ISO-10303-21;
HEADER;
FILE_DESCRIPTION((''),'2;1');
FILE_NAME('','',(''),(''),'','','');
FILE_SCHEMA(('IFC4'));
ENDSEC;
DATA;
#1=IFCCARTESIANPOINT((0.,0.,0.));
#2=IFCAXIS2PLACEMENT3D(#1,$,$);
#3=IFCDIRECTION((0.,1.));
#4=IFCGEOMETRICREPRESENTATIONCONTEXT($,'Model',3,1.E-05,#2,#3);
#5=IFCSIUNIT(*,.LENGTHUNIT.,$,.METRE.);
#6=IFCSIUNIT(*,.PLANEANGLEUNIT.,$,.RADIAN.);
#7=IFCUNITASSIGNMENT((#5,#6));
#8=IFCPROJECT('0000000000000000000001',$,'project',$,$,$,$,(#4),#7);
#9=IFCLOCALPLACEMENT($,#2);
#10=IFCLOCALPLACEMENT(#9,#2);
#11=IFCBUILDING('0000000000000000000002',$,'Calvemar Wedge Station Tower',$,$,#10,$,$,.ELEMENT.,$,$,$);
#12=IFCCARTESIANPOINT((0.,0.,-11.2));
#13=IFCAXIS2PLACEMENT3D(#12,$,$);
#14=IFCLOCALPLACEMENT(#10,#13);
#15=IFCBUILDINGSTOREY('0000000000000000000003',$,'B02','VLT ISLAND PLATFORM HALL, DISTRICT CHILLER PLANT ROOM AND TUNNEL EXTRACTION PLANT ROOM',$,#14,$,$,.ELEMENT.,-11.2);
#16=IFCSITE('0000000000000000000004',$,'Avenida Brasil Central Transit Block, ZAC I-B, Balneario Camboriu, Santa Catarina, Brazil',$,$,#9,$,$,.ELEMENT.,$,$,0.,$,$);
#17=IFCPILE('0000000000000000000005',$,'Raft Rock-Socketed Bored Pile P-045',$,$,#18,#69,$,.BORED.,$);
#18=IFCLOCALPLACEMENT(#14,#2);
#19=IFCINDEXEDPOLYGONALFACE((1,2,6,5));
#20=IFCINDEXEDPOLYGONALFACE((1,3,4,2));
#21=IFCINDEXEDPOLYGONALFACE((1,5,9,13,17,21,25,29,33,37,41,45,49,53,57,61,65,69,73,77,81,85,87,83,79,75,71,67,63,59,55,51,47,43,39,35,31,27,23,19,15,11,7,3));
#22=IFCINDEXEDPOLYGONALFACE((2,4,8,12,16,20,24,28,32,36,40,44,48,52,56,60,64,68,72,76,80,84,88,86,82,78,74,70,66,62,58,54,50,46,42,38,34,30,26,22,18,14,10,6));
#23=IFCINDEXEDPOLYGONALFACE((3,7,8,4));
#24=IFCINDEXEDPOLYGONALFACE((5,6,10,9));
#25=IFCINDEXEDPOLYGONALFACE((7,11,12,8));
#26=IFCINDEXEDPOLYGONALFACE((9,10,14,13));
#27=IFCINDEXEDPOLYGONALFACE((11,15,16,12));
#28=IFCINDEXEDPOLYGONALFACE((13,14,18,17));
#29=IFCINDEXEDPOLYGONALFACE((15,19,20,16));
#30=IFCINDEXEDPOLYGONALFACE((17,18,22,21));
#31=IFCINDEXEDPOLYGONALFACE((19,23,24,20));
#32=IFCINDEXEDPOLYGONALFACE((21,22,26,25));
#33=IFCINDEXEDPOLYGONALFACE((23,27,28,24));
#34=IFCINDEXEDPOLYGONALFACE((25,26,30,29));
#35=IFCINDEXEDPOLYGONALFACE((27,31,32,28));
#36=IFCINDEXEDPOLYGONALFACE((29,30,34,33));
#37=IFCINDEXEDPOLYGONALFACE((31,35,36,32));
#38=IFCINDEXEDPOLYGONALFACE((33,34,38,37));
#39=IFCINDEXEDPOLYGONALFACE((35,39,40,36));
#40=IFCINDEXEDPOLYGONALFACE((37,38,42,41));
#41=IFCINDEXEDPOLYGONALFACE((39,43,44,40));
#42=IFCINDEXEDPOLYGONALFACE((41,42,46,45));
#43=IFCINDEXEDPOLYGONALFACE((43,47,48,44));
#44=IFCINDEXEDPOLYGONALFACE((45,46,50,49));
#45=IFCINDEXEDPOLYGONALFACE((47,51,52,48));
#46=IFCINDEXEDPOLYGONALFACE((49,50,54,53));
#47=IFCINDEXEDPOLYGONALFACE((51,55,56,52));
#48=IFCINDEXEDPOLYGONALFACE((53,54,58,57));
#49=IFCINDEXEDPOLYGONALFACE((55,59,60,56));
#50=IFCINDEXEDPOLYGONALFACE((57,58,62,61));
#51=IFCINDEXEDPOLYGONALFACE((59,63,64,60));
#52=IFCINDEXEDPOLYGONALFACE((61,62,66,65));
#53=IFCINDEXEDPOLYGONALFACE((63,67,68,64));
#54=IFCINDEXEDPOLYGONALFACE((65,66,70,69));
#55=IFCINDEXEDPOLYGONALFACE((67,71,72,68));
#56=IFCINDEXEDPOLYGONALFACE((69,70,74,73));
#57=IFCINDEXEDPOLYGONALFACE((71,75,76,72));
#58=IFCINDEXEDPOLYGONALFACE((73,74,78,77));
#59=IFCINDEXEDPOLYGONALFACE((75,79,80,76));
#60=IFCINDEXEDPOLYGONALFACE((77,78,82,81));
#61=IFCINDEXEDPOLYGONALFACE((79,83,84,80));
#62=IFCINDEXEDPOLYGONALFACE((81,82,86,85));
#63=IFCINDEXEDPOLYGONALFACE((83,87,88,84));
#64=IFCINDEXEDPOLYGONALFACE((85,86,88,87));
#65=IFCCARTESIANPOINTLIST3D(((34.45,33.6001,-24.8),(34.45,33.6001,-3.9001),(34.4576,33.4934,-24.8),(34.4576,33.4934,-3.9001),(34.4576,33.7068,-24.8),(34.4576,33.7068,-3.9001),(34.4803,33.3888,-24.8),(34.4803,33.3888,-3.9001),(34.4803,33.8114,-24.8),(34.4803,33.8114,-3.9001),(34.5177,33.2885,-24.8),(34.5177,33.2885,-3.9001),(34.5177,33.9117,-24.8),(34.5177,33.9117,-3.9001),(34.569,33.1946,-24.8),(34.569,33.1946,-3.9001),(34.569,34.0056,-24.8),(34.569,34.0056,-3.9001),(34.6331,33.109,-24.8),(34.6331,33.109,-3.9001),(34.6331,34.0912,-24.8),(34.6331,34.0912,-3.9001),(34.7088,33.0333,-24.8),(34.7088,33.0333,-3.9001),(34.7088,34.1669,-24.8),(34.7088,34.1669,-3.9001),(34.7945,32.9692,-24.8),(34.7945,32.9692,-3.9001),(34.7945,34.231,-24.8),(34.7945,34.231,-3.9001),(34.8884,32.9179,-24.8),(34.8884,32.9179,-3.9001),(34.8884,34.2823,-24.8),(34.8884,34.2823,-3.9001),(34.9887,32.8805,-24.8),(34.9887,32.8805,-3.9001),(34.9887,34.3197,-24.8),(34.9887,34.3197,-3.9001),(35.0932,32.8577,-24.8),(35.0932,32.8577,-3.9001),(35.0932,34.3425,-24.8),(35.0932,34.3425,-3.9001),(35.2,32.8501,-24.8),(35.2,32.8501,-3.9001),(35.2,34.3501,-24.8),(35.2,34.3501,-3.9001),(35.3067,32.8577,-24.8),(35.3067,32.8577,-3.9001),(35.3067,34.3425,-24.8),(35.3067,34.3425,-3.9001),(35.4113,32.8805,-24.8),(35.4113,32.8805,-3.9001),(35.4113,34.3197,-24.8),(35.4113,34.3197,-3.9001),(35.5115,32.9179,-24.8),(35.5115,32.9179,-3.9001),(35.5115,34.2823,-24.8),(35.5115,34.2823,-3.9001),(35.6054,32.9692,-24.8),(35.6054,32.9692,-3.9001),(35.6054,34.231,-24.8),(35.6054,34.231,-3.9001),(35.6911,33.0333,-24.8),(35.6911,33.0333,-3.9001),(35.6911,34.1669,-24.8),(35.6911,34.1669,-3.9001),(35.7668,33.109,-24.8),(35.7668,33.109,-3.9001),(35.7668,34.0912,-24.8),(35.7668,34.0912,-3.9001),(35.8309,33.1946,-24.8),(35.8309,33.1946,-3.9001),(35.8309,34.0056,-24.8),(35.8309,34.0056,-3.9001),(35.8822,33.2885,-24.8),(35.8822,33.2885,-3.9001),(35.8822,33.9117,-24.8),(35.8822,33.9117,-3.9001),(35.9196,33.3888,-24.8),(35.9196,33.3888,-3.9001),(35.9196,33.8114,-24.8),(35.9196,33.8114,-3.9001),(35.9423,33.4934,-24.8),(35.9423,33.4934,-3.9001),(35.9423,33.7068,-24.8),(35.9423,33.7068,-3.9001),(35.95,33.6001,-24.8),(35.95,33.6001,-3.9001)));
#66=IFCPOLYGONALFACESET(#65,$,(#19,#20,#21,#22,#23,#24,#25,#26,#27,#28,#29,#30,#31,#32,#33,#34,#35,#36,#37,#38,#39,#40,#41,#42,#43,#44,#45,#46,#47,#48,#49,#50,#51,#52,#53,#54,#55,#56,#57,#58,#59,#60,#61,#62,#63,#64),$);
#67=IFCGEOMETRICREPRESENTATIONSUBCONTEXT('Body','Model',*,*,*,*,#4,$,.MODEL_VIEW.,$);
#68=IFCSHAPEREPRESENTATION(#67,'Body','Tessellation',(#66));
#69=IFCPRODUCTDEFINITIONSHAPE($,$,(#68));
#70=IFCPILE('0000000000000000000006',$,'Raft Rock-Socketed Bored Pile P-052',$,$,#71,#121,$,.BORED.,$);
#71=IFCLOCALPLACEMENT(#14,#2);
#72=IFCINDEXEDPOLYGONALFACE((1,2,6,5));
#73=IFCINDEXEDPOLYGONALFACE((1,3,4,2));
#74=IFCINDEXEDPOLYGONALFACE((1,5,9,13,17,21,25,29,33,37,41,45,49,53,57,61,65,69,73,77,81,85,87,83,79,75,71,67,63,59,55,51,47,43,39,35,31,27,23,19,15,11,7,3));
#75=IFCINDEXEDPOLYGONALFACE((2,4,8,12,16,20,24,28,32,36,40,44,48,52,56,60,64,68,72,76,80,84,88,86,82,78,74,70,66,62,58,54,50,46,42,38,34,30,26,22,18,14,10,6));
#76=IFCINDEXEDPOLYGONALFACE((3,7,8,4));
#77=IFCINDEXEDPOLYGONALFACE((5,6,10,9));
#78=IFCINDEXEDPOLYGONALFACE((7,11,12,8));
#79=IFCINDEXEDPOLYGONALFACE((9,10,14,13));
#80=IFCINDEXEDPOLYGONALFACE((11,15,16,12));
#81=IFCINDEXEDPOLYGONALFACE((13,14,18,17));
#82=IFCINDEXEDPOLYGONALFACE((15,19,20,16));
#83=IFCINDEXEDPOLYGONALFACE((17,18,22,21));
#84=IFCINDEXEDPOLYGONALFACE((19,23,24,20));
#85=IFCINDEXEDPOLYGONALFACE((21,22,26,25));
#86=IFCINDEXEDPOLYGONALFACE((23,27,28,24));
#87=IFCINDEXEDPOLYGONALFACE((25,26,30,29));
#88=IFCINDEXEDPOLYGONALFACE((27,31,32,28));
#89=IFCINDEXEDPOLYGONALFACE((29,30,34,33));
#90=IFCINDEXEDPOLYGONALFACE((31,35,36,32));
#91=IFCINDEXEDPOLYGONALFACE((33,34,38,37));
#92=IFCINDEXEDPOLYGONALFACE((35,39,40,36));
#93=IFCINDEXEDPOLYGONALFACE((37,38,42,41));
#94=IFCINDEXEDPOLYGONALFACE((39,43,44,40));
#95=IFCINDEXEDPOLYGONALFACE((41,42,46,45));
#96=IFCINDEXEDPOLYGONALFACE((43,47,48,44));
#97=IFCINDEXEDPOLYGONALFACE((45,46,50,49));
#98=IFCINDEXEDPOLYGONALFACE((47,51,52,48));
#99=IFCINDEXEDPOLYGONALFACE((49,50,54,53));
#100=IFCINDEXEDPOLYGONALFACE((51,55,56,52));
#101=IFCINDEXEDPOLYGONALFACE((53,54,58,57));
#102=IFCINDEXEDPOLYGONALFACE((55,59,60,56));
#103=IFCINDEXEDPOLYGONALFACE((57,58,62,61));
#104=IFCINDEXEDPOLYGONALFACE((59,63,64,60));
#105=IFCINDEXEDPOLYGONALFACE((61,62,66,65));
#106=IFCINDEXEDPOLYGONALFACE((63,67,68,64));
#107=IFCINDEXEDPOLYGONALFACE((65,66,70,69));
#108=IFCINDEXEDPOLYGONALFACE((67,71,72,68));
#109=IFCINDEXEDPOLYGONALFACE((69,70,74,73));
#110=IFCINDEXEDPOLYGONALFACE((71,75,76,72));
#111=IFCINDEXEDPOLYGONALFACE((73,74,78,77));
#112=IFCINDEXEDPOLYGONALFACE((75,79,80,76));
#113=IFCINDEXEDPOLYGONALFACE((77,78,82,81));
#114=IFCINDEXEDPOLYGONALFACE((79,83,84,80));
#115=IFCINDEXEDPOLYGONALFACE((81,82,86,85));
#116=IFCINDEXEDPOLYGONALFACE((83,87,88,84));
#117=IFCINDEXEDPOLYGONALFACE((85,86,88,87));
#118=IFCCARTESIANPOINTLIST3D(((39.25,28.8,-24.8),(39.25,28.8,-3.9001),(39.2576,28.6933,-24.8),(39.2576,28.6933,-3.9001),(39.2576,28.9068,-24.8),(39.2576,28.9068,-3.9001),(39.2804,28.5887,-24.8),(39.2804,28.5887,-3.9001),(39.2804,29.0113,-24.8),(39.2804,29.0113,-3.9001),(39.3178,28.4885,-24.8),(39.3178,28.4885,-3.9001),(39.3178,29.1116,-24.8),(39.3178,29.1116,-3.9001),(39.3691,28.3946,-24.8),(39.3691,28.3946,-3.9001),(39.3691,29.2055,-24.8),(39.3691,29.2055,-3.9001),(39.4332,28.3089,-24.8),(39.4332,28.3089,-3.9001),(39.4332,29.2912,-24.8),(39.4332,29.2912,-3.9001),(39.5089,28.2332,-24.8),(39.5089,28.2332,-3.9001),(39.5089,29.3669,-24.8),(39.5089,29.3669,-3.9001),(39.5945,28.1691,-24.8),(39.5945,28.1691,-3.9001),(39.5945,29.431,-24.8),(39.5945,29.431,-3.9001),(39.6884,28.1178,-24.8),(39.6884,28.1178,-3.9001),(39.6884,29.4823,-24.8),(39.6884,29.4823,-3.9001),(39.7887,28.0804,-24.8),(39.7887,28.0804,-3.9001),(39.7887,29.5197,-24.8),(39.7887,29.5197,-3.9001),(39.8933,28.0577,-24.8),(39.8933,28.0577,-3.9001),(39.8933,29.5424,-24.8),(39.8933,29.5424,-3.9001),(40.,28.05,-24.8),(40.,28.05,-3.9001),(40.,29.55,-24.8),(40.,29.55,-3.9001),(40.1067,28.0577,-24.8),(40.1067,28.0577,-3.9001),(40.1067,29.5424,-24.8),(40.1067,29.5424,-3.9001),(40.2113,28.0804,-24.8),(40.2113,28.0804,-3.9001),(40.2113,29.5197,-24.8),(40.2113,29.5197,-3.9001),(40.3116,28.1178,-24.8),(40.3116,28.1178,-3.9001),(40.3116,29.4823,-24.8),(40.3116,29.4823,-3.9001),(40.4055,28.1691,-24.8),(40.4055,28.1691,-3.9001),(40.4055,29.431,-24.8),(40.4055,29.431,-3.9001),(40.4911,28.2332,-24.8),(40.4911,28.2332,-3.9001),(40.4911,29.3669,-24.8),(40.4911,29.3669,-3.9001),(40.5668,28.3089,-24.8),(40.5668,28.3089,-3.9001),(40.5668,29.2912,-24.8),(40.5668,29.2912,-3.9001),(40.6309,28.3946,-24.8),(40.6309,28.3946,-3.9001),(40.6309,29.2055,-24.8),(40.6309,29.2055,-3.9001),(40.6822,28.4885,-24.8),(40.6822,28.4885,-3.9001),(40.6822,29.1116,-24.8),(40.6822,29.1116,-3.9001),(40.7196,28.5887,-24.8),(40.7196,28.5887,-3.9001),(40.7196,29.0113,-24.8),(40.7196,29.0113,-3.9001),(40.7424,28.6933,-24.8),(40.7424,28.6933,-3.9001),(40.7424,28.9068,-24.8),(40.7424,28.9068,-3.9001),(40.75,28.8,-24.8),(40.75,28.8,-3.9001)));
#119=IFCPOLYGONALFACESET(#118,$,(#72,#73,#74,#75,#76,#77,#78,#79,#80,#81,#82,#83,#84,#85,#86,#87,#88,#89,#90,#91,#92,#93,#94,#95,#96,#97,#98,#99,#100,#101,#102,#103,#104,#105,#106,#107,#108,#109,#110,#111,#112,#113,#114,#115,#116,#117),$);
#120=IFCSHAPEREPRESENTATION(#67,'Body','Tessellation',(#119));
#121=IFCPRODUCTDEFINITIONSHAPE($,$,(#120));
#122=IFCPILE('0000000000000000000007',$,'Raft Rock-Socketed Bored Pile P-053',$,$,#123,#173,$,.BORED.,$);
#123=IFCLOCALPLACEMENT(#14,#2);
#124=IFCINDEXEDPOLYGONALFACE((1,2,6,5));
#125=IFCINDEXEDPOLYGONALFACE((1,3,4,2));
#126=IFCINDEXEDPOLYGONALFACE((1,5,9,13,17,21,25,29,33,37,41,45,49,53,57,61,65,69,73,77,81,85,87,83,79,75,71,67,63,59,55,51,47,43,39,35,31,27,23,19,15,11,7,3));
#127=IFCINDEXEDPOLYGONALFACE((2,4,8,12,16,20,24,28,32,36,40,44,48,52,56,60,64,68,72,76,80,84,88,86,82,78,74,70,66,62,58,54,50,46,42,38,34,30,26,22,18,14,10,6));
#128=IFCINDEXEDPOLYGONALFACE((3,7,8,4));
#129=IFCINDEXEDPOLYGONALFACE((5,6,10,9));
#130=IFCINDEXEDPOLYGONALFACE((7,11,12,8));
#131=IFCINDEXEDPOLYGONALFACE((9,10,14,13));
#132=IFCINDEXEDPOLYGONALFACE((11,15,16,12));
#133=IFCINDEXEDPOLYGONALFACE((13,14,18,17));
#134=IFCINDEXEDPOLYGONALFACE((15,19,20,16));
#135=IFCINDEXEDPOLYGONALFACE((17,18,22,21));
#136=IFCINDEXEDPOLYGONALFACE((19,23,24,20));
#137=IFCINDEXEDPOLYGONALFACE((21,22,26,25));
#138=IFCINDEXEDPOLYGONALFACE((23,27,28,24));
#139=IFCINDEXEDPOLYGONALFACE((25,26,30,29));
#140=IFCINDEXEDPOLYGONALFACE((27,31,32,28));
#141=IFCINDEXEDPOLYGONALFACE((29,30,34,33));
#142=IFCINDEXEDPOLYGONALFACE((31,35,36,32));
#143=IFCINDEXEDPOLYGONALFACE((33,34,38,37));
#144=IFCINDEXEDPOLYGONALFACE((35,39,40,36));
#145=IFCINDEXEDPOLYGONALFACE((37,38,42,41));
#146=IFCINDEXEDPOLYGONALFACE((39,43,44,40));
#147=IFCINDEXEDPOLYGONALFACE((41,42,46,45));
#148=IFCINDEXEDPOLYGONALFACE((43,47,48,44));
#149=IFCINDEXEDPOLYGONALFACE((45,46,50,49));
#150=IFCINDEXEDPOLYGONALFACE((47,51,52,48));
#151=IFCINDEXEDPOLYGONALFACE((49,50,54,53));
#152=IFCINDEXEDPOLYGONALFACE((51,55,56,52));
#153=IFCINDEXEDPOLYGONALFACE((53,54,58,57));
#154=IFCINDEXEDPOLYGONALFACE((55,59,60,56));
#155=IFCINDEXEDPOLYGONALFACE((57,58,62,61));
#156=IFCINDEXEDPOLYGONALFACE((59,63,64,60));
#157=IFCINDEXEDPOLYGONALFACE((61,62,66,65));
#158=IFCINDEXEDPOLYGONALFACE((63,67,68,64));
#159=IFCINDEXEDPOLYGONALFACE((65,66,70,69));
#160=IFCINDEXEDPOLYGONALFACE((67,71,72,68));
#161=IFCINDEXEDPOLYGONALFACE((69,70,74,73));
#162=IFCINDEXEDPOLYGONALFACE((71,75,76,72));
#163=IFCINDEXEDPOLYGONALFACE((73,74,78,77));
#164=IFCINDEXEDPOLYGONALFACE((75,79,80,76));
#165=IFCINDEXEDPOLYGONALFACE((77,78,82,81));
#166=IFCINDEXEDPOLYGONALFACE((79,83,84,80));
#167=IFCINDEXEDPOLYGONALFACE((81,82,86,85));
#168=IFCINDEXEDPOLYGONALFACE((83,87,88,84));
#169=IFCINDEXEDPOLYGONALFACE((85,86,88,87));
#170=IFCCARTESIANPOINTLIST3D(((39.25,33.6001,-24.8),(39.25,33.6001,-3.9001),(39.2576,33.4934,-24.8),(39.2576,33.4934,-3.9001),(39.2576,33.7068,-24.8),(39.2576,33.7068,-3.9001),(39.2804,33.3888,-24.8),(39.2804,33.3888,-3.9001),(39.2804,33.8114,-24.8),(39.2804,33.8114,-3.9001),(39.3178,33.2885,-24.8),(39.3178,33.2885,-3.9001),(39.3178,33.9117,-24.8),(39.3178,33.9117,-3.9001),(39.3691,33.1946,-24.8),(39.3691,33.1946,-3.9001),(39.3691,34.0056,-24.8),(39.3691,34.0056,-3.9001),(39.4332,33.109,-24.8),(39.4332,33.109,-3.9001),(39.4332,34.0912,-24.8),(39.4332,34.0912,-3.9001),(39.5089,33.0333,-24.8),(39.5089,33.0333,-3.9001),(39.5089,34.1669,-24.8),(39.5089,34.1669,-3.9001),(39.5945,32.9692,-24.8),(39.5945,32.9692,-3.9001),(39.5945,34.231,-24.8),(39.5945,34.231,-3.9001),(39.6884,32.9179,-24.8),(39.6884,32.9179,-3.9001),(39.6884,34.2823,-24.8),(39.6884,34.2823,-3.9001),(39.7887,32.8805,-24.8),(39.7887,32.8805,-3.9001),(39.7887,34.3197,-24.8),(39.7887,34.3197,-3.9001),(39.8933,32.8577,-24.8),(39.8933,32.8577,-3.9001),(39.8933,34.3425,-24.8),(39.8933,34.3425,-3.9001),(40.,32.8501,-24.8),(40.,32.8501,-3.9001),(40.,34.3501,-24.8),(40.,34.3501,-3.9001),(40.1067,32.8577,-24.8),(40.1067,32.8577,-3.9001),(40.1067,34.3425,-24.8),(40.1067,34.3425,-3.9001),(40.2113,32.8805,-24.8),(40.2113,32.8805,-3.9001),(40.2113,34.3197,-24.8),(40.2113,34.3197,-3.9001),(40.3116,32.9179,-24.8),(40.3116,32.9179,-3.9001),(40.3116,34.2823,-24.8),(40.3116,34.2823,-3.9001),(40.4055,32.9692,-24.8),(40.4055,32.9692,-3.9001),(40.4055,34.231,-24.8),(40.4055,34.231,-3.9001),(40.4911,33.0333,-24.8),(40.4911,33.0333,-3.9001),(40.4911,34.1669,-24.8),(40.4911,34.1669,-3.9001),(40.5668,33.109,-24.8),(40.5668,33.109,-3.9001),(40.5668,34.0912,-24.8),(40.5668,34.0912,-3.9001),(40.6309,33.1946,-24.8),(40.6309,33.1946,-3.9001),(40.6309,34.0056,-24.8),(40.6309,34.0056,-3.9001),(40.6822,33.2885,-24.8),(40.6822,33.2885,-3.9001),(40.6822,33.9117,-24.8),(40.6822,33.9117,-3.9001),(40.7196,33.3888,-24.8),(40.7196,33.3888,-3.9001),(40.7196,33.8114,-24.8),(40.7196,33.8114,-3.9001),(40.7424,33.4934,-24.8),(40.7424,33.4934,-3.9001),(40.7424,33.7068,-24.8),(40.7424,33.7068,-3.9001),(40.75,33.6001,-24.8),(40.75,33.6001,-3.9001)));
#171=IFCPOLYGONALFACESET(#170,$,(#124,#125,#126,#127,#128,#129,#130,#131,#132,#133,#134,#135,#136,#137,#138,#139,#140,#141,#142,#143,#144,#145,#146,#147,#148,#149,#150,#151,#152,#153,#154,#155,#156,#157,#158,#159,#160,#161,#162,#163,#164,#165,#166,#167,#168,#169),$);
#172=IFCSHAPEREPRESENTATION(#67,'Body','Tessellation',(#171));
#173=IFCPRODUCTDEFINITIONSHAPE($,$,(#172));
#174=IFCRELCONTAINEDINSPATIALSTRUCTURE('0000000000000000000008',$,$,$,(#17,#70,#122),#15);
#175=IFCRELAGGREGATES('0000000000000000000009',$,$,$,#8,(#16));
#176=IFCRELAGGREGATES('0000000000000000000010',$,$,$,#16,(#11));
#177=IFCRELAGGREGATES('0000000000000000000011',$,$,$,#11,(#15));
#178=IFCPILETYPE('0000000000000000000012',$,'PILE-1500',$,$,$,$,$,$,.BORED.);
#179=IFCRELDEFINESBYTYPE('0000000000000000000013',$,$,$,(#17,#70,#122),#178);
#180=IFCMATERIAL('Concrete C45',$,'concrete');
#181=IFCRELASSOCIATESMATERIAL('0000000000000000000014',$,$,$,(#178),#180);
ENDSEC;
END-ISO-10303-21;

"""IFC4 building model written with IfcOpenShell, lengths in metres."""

from ifc_helpers import new_model, si_unit, direction, frame, origin, origin_2d, place, context, subcontext, project, spatial, circle, extrude, material, material_profile, profile_set, type_object, element, save


model = new_model("IFC4")

# Units and contexts
model_context = context("Model", 3, precision=1e-05, world=origin(), true_north=direction((0.0, 1.0)))
body_context = subcontext(model_context, "Body", "Model", "MODEL_VIEW")
ifc_project = project(units=[si_unit("LENGTHUNIT", "METRE"), si_unit("PLANEANGLEUNIT", "RADIAN")], contexts=[model_context])

# Site, building, storey
site_placement = place(None, origin())
site = spatial("IfcSite", under=ifc_project, at=site_placement, Name="Avenida Brasil Central Transit Block, ZAC I-B, Balneario Camboriu, Santa Catarina, Brazil", CompositionType="ELEMENT", RefElevation=0.0)
building_placement = place(site_placement, origin())
building = spatial("IfcBuilding", under=site, at=building_placement, Name="Calvemar Wedge Station Tower", CompositionType="ELEMENT")
storey_placement = place(building_placement, frame((0.0, 0.0, -11.2)))
storey = spatial("IfcBuildingStorey", under=building, at=storey_placement, Name="B02", Description="VLT ISLAND PLATFORM HALL, DISTRICT CHILLER PLANT ROOM AND TUNNEL EXTRACTION PLANT ROOM", CompositionType="ELEMENT", Elevation=-11.2)

# Piles
ifc_material_1 = material(Name="Concrete C45", Category="concrete")
ifc_material_profile_1 = material_profile(ifc_material_1, circle(Radius=0.75, at=origin_2d()), Name="PILE-D1500")
ifc_profile_set_1 = profile_set([ifc_material_profile_1], Name="Concrete C45")
pile_type = type_object("IfcPileType", Name="PILE-1500", PredefinedType="BORED", material=ifc_profile_set_1)
for number, where, z_axis, x_axis, name in (
    (1, (35.2, 33.6001, -3.9001), (0.0, 0.0, -1.0), (1.0, 0.0, 0.0), "Raft Rock-Socketed Bored Pile P-045"),
    (2, (40.0, 28.8, -3.9001), (0.0, 0.0, -1.0), (1.0, 0.0, 0.0), "Raft Rock-Socketed Bored Pile P-052"),
    (3, (40.0, 33.6001, -3.9001), (0.0, 0.0, -1.0), (1.0, 0.0, 0.0), "Raft Rock-Socketed Bored Pile P-053"),
):
    element("IfcPile", number, at=place(storey_placement, frame(where, z_axis=z_axis, x_axis=x_axis)), inside=storey, type_object=pile_type, Name=name, PredefinedType="BORED", context=body_context, shape_type="SweptSolid", body=[
        extrude(circle(Radius=0.75, at=origin_2d()), origin(), (0.0, 0.0, 1.0), 20.8999),
    ])

save(model, "model.ifc")
